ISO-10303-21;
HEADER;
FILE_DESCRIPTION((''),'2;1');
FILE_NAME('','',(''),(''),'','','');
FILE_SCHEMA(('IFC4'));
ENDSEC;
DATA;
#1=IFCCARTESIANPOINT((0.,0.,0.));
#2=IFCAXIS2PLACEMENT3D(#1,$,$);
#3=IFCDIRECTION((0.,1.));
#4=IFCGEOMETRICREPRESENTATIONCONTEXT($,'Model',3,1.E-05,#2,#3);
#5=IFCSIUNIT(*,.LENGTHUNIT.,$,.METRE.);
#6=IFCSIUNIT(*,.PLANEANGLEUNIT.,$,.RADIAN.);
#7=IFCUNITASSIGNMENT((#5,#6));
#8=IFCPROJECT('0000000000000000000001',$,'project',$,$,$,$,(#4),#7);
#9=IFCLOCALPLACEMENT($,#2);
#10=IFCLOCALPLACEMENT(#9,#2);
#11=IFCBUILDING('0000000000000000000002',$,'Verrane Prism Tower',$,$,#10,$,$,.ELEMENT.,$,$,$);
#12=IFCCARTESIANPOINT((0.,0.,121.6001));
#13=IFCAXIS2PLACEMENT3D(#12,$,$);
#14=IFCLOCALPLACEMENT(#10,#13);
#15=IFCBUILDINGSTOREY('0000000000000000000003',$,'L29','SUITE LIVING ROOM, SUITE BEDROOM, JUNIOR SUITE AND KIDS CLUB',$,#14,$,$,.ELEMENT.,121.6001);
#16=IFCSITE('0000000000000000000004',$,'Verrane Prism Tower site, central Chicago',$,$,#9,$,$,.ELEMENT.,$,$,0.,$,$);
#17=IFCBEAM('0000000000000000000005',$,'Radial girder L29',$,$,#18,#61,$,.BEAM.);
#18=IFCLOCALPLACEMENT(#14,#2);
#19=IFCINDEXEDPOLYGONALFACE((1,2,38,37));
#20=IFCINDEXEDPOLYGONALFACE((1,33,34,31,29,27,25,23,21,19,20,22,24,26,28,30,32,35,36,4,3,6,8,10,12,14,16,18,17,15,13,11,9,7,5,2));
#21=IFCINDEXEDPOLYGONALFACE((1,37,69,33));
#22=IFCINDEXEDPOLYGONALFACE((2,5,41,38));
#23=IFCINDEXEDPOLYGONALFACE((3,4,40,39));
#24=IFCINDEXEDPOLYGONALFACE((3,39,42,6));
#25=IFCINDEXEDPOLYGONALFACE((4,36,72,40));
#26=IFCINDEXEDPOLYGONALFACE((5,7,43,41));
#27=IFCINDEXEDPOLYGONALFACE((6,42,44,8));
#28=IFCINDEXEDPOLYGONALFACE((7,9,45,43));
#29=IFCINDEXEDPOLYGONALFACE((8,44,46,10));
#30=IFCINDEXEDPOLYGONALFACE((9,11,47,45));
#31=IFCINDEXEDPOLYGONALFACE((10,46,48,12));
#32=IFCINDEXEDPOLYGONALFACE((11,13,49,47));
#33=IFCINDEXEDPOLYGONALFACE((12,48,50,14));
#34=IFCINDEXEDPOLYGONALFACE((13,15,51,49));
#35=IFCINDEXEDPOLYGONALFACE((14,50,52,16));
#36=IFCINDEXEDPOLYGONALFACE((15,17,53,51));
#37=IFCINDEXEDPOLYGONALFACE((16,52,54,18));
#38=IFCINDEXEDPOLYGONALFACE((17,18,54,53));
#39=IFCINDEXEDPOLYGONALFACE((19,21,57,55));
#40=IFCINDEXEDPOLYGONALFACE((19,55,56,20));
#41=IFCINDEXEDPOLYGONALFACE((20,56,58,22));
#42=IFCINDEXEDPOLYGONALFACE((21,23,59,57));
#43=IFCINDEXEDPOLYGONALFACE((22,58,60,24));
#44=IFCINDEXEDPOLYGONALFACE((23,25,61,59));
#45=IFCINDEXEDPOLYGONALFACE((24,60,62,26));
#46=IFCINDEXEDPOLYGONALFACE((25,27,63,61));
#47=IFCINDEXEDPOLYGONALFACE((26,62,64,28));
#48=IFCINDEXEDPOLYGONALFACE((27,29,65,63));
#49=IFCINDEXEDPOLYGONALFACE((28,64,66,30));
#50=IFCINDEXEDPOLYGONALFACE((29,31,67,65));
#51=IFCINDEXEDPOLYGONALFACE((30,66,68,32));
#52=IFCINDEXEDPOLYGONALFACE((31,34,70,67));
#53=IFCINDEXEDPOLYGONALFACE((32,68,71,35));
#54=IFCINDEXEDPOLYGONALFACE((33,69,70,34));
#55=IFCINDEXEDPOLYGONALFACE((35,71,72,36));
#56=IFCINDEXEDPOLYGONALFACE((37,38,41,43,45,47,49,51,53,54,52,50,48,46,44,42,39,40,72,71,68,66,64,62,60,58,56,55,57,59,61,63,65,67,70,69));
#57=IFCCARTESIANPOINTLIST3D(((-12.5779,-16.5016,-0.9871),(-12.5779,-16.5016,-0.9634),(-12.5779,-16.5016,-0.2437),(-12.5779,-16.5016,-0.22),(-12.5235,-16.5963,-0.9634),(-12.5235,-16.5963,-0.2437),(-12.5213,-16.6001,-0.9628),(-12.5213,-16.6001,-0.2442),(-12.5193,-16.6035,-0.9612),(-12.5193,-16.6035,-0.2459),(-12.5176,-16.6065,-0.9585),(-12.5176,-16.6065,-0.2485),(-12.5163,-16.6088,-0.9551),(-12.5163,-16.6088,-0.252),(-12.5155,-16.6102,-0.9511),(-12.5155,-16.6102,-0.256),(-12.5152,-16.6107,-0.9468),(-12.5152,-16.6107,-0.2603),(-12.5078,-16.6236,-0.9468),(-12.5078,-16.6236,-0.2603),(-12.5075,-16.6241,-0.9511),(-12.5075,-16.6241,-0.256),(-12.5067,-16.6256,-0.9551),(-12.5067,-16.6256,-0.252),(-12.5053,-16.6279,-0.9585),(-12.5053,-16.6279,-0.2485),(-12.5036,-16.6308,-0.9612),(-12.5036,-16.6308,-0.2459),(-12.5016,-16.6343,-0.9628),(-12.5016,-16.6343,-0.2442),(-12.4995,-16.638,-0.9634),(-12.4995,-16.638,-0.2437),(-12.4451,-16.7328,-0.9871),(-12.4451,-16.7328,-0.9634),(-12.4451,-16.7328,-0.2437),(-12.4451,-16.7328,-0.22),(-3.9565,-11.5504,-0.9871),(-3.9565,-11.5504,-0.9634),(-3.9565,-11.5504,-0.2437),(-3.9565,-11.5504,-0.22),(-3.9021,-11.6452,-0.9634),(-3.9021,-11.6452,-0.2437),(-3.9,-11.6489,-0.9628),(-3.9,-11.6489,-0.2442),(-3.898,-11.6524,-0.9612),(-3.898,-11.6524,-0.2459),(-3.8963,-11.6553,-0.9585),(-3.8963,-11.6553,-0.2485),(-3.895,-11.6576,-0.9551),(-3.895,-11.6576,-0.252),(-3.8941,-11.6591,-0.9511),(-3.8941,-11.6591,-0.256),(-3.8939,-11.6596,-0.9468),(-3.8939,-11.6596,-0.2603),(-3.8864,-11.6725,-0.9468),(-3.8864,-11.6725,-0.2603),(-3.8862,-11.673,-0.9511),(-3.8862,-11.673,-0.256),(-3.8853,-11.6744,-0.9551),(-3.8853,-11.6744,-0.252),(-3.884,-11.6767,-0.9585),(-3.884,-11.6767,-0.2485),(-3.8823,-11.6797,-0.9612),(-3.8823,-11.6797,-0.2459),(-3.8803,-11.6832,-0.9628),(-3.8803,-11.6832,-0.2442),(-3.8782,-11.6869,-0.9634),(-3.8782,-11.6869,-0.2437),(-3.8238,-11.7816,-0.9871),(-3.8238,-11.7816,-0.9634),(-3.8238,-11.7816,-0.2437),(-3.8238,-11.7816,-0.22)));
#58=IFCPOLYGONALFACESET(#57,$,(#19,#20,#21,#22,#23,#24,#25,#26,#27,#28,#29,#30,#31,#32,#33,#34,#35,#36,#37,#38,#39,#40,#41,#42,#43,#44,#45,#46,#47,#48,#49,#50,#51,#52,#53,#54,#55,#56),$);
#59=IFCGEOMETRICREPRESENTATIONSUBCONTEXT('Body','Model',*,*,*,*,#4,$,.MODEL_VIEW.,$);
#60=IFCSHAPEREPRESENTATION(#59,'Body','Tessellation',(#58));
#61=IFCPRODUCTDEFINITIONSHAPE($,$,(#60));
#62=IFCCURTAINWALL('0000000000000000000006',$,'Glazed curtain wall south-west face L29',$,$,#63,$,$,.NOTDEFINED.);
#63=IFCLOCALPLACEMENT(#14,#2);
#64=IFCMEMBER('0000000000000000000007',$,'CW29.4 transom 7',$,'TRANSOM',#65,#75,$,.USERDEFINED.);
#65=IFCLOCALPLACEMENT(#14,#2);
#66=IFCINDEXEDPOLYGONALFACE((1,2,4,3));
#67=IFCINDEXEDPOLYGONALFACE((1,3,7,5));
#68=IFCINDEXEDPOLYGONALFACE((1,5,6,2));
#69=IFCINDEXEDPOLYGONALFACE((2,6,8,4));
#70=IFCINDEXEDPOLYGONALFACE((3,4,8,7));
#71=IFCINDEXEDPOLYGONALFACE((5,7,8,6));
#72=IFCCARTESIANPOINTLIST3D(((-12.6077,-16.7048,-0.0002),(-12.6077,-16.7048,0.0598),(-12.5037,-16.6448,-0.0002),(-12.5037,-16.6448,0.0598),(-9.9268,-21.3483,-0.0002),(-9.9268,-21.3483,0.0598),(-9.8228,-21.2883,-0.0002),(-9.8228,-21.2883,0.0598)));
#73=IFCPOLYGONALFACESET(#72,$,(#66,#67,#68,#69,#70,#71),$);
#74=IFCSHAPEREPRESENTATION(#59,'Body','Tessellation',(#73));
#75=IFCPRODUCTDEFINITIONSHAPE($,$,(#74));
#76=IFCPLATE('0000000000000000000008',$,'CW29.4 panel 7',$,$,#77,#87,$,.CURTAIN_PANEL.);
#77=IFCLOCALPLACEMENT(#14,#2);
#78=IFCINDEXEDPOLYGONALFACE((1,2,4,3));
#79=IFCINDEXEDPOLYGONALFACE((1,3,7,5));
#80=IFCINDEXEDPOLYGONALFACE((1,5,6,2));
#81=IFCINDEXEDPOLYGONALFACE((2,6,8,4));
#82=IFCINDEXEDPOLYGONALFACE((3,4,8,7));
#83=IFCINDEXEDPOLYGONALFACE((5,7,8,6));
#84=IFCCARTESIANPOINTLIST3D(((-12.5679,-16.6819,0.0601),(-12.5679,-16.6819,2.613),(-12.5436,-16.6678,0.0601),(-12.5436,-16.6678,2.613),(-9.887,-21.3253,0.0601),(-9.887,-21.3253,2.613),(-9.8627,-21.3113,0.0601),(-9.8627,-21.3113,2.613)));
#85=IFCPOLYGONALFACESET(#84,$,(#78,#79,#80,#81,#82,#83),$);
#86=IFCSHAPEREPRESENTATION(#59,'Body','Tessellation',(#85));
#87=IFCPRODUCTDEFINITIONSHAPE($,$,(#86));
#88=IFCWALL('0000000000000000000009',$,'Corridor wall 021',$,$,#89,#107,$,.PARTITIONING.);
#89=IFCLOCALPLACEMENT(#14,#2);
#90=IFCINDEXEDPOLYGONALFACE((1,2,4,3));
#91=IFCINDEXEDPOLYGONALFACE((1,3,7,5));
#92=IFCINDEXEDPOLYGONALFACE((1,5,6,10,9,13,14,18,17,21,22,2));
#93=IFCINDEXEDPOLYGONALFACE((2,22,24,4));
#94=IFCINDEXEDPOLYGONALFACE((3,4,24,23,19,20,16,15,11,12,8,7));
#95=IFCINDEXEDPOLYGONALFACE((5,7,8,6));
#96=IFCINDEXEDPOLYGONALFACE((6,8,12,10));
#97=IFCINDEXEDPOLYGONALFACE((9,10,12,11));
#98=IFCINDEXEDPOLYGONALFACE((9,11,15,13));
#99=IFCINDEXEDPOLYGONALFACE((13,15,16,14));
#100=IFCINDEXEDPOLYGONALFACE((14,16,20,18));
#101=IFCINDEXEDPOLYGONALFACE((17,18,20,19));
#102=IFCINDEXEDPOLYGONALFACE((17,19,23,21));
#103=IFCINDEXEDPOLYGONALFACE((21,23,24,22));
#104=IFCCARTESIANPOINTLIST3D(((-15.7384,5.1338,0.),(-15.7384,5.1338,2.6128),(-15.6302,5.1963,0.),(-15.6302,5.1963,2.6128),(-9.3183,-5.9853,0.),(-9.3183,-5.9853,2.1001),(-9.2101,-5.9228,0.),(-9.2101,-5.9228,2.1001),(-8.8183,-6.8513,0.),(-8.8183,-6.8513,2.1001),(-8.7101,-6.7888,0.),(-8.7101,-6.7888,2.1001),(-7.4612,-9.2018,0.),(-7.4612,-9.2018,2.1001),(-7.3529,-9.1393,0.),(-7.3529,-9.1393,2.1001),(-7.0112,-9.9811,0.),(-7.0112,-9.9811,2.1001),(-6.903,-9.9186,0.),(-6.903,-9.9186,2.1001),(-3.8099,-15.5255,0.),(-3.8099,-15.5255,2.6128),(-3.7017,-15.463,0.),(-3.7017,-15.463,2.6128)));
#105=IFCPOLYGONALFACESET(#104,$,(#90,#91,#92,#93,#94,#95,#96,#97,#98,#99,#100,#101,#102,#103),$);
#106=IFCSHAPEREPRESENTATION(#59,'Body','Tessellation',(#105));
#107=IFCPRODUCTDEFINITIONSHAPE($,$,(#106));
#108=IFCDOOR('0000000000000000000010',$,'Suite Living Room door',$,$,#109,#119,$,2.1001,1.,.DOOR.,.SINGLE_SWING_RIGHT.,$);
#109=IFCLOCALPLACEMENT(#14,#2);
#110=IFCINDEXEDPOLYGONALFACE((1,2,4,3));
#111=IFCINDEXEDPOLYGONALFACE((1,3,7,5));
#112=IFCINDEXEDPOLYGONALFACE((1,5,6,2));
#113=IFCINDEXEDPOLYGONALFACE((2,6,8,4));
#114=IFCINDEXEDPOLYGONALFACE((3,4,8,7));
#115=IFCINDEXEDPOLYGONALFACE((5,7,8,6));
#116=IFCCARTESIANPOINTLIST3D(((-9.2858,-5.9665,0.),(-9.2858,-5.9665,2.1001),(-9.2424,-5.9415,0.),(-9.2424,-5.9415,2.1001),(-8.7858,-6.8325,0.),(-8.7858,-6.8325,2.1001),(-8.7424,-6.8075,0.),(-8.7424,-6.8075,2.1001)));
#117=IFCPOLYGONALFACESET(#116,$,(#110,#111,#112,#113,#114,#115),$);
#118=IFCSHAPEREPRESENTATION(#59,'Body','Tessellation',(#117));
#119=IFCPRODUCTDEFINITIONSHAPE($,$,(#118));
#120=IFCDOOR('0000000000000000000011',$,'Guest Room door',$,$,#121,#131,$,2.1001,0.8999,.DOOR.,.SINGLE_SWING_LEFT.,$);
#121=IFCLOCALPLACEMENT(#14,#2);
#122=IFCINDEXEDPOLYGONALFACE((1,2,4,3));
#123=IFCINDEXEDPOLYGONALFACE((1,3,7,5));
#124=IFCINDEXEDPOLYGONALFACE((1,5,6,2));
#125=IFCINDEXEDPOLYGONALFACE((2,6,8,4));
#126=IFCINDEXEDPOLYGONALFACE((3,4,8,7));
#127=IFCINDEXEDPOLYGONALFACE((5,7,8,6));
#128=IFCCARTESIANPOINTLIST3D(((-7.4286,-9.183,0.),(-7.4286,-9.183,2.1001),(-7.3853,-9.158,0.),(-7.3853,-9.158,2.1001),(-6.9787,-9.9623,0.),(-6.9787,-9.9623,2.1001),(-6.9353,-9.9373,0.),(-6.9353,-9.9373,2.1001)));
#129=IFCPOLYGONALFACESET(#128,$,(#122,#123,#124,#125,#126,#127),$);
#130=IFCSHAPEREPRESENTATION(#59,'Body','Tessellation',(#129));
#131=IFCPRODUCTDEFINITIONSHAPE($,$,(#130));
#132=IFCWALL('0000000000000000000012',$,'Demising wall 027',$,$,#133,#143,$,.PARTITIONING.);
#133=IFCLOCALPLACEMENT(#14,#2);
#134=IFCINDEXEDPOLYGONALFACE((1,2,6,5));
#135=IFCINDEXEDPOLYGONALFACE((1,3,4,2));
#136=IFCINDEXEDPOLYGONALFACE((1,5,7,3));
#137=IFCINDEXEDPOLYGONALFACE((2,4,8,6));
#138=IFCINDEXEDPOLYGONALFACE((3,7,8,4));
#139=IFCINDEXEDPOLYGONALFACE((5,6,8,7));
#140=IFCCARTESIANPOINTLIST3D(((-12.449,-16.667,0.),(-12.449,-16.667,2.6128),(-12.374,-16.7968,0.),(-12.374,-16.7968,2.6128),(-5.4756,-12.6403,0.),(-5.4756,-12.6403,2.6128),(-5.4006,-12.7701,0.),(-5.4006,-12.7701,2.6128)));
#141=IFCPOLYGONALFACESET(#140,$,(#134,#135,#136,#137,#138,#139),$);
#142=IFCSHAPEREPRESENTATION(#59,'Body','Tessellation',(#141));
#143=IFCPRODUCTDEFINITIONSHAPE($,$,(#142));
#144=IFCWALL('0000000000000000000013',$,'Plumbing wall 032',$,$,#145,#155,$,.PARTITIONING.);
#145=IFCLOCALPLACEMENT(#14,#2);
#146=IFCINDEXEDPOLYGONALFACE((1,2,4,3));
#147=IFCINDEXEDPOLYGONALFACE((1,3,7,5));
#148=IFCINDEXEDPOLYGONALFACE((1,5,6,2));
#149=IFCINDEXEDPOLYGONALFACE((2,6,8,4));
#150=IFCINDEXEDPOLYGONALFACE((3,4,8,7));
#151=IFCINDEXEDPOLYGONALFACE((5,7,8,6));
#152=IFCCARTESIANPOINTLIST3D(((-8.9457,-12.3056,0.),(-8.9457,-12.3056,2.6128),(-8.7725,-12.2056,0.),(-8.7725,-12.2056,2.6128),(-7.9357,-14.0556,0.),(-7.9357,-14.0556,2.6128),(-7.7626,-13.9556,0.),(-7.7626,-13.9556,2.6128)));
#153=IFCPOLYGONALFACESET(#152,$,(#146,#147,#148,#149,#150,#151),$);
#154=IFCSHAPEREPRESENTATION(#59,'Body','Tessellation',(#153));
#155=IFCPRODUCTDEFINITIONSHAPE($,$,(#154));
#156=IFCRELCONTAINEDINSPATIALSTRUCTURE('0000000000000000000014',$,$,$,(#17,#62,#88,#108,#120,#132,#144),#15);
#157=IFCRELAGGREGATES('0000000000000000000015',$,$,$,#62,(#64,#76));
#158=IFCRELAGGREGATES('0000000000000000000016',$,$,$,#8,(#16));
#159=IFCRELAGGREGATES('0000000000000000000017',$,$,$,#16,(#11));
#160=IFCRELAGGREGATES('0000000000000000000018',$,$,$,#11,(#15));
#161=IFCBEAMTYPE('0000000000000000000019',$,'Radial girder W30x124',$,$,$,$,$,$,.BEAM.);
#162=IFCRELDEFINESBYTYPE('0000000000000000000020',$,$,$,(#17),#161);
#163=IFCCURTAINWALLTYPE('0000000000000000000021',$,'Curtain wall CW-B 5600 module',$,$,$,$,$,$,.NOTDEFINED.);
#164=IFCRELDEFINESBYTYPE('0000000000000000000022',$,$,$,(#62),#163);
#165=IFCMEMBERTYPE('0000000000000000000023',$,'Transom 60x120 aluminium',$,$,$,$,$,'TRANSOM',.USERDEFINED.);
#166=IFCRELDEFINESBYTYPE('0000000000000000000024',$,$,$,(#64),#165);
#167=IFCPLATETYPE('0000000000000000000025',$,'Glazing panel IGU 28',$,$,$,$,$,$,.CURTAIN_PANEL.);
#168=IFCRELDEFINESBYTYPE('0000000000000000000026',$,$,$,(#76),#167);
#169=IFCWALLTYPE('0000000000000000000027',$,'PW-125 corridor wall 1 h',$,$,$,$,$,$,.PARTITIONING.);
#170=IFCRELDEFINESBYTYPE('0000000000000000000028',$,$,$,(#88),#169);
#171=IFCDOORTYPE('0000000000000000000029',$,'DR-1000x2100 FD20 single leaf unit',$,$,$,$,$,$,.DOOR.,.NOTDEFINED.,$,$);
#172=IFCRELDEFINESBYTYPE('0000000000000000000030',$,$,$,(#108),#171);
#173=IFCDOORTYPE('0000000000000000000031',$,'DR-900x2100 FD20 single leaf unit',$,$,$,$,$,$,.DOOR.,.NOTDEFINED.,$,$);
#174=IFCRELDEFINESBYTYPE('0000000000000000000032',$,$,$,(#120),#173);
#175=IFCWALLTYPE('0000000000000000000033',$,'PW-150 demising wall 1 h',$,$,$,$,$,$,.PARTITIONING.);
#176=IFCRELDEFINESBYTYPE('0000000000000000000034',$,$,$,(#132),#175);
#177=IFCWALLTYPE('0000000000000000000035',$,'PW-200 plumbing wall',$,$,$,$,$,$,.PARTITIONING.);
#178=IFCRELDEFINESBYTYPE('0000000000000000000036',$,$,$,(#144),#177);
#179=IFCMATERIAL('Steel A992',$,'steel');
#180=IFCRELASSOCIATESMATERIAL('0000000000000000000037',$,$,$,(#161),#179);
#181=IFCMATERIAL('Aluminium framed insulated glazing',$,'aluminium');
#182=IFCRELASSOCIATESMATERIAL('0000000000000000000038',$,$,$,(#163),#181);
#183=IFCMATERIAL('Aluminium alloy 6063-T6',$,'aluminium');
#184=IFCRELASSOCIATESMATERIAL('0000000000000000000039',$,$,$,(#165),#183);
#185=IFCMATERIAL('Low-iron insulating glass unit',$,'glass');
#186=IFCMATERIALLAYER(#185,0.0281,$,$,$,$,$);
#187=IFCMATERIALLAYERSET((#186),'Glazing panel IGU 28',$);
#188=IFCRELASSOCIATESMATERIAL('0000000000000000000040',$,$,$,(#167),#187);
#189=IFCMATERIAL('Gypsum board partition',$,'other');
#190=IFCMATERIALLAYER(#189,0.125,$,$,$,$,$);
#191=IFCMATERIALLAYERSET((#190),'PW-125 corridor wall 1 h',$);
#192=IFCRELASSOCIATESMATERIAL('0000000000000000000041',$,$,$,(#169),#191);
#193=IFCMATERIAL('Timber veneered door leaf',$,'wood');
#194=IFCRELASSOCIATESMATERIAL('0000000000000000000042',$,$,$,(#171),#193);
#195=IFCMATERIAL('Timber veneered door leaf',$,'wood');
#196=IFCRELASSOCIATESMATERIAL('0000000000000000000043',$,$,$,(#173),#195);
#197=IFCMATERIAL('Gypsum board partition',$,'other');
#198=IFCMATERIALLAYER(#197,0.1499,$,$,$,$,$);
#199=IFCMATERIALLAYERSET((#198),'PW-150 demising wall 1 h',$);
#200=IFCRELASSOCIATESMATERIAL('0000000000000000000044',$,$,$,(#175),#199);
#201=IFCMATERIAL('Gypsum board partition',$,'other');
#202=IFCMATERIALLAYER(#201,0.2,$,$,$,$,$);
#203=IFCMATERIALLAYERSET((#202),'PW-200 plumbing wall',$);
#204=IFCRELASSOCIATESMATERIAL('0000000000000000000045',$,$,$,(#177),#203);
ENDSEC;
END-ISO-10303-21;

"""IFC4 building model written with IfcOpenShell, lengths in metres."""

from ifc_helpers import new_model, si_unit, direction, frame, frame_2d, origin, origin_2d, place, context, subcontext, project, spatial, rectangle, i_section, extrude, material, layer, layer_set, material_profile, profile_set, type_object, element, fill, aggregate, save


model = new_model("IFC4")

# Units and contexts
model_context = context("Model", 3, precision=1e-05, world=origin(), true_north=direction((0.0, 1.0)))
body_context = subcontext(model_context, "Body", "Model", "MODEL_VIEW")
ifc_project = project(units=[si_unit("LENGTHUNIT", "METRE"), si_unit("PLANEANGLEUNIT", "RADIAN")], contexts=[model_context])

# Site, building, storey
site_placement = place(None, origin())
site = spatial("IfcSite", under=ifc_project, at=site_placement, Name="Verrane Prism Tower site, central Chicago", CompositionType="ELEMENT", RefElevation=0.0)
building_placement = place(site_placement, origin())
building = spatial("IfcBuilding", under=site, at=building_placement, Name="Verrane Prism Tower", CompositionType="ELEMENT")
storey_placement = place(building_placement, frame((0.0, 0.0, 121.6001)))
storey = spatial("IfcBuildingStorey", under=building, at=storey_placement, Name="L29", Description="SUITE LIVING ROOM, SUITE BEDROOM, JUNIOR SUITE AND KIDS CLUB", CompositionType="ELEMENT", Elevation=121.6001)

# Beam
ifc_material_1 = material(Name="Steel A992", Category="steel")
ifc_material_profile_1 = material_profile(ifc_material_1, i_section(OverallWidth=0.2666, OverallDepth=0.7671, WebThickness=0.0149, FlangeThickness=0.0237, FilletRadius=0.0166, at=origin_2d()), Name="W30x124")
ifc_profile_set_1 = profile_set([ifc_material_profile_1], Name="Steel A992")
beam_type_1 = type_object("IfcBeamType", Name="Radial girder W30x124", PredefinedType="BEAM", material=ifc_profile_set_1)
beam_1_placement = place(storey_placement, frame((-12.5115, -16.6172, -0.6035), z_axis=(0.867171, 0.49801, 0.0), x_axis=(-0.49801, 0.867171, 0.0)))
element("IfcBeam", 1, at=beam_1_placement, inside=storey, type_object=beam_type_1, Name="Radial girder L29", PredefinedType="BEAM", context=body_context, shape_type="SweptSolid", body=[
    extrude(i_section(OverallWidth=0.2666, OverallDepth=0.7671, WebThickness=0.0149, FlangeThickness=0.0237, FilletRadius=0.0166, at=origin_2d()), origin(), (0.0, 0.0, 1.0), 9.9419),
])

# Curtain wall, member, plate
ifc_material_2 = material(Name="Aluminium framed insulated glazing", Category="aluminium")
curtain_wall_type = type_object("IfcCurtainWallType", Name="Curtain wall CW-B 5600 module", PredefinedType="NOTDEFINED", material=ifc_material_2)
curtain_wall_placement = place(storey_placement, origin())
curtain_wall = element("IfcCurtainWall", 2, at=curtain_wall_placement, inside=storey, type_object=curtain_wall_type, Name="Glazed curtain wall south-west face L29", PredefinedType="NOTDEFINED")
ifc_material_3 = material(Name="Aluminium alloy 6063-T6", Category="aluminium")
ifc_material_profile_2 = material_profile(ifc_material_3, rectangle(XDim=0.1201, YDim=0.0601, at=origin_2d()), Name="Transom 60x120 aluminium")
ifc_profile_set_2 = profile_set([ifc_material_profile_2], Name="Aluminium alloy 6063-T6")
member_type = type_object("IfcMemberType", Name="Transom 60x120 aluminium", ElementType="TRANSOM", PredefinedType="USERDEFINED", material=ifc_profile_set_2)
member_placement = place(storey_placement, frame((-12.5557, -16.6748, 0.0298), z_axis=(0.499993, -0.866029, 0.0), x_axis=(0.866029, 0.499993, 0.0)))
member = element("IfcMember", 3, at=member_placement, type_object=member_type, Name="CW29.4 transom 7", ObjectType="TRANSOM", PredefinedType="USERDEFINED", context=body_context, shape_type="SweptSolid", body=[
    extrude(rectangle(XDim=0.1201, YDim=0.0601, at=origin_2d()), origin(), (0.0, 0.0, 1.0), 5.3618),
])
ifc_material_4 = material(Name="Low-iron insulating glass unit", Category="glass")
ifc_layer_1 = layer(ifc_material_4, 0.0281)
ifc_layer_set_1 = layer_set([ifc_layer_1], Name="Glazing panel IGU 28")
plate_type = type_object("IfcPlateType", Name="Glazing panel IGU 28", PredefinedType="CURTAIN_PANEL", material=ifc_layer_set_1)
plate_placement = place(storey_placement, frame((-11.2153, -18.9966, 0.0601), z_axis=(0.0, 0.0, 1.0), x_axis=(0.5, -0.866025, 0.0)))
plate = element("IfcPlate", 4, at=plate_placement, type_object=plate_type, Name="CW29.4 panel 7", PredefinedType="CURTAIN_PANEL", context=body_context, shape_type="SweptSolid", body=[
    extrude(rectangle(XDim=5.3618, YDim=0.0281, at=origin_2d()), origin(), (0.0, 0.0, 1.0), 2.553),
])
aggregate(curtain_wall, [member, plate])

# Wall, openings, doors
ifc_material_5 = material(Name="Gypsum board partition", Category="other")
ifc_layer_2 = layer(ifc_material_5, 0.125)
ifc_layer_set_2 = layer_set([ifc_layer_2], Name="PW-125 corridor wall 1 h")
wall_type_1 = type_object("IfcWallType", Name="PW-125 corridor wall 1 h", PredefinedType="PARTITIONING", material=ifc_layer_set_2)
wall_1_placement = place(storey_placement, frame((-3.7559, -15.4941, 0.0), z_axis=(0.0, 0.0, 1.0), x_axis=(-0.500028, 0.866009, 0.0)))
wall_1 = element("IfcWall", 5, at=wall_1_placement, inside=storey, type_object=wall_type_1, Name="Corridor wall 021", PredefinedType="PARTITIONING", context=body_context, shape_type="SweptSolid", body=[
    extrude(rectangle(XDim=23.8557, YDim=0.125, at=frame_2d((11.9277, 0.0))), origin(), (0.0, 0.0, 1.0), 2.6128),
])
opening_1_placement = place(wall_1_placement, frame((10.0161, 0.0, 0.0)))
opening_1 = element("IfcOpeningElement", 6, at=opening_1_placement, cuts=wall_1, PredefinedType="OPENING", context=body_context, shape_type="SweptSolid", body=[
    extrude(rectangle(XDim=1.0, YDim=2.1001, at=frame_2d((0.5, 1.05))), frame((0.0, 0.0725, 0.0), z_axis=(0.0, -1.0, 0.0), x_axis=(1.0, 0.0, 0.0)), (0.0, 0.0, 1.0), 0.145),
])
opening_2_placement = place(wall_1_placement, frame((6.4021, 0.0, 0.0)))
opening_2 = element("IfcOpeningElement", 7, at=opening_2_placement, cuts=wall_1, PredefinedType="OPENING", context=body_context, shape_type="SweptSolid", body=[
    extrude(rectangle(XDim=0.8999, YDim=2.1001, at=frame_2d((0.45, 1.05))), frame((0.0, 0.0725, 0.0), z_axis=(0.0, -1.0, 0.0), x_axis=(1.0, 0.0, 0.0)), (0.0, 0.0, 1.0), 0.145),
])
ifc_material_6 = material(Name="Timber veneered door leaf", Category="wood")
door_type_1 = type_object("IfcDoorType", Name="DR-1000x2100 FD20 single leaf unit", OperationType="NOTDEFINED", PredefinedType="DOOR", material=ifc_material_6)
door_1_placement = place(opening_1_placement, origin())
door_1 = element("IfcDoor", 8, at=door_1_placement, inside=storey, type_object=door_type_1, Name="Suite Living Room door", OperationType="SINGLE_SWING_RIGHT", OverallHeight=2.1001, OverallWidth=1.0, PredefinedType="DOOR", context=body_context, shape_type="SweptSolid", body=[
    extrude(rectangle(XDim=1.0, YDim=2.1001, at=frame_2d((0.5, 1.05))), frame((0.0, 0.0249, 0.0), z_axis=(0.0, -1.0, 0.0), x_axis=(1.0, 0.0, 0.0)), (0.0, 0.0, 1.0), 0.05),
])
fill(opening_1, door_1)
ifc_material_7 = material(Name="Timber veneered door leaf", Category="wood")
door_type_2 = type_object("IfcDoorType", Name="DR-900x2100 FD20 single leaf unit", OperationType="NOTDEFINED", PredefinedType="DOOR", material=ifc_material_7)
door_2_placement = place(opening_2_placement, origin())
door_2 = element("IfcDoor", 9, at=door_2_placement, inside=storey, type_object=door_type_2, Name="Guest Room door", OperationType="SINGLE_SWING_LEFT", OverallHeight=2.1001, OverallWidth=0.8999, PredefinedType="DOOR", context=body_context, shape_type="SweptSolid", body=[
    extrude(rectangle(XDim=0.8999, YDim=2.1001, at=frame_2d((0.45, 1.05))), frame((0.0, 0.0249, 0.0), z_axis=(0.0, -1.0, 0.0), x_axis=(1.0, 0.0, 0.0)), (0.0, 0.0, 1.0), 0.05),
])
fill(opening_2, door_2)

# Walls
ifc_material_8 = material(Name="Gypsum board partition", Category="other")
ifc_layer_3 = layer(ifc_material_8, 0.1499)
ifc_layer_set_3 = layer_set([ifc_layer_3], Name="PW-150 demising wall 1 h")
wall_type_2 = type_object("IfcWallType", Name="PW-150 demising wall 1 h", PredefinedType="PARTITIONING", material=ifc_layer_set_3)
wall_2_placement = place(storey_placement, frame((-12.4116, -16.7319, 0.0), z_axis=(0.0, 0.0, 1.0), x_axis=(0.865997, 0.500049, 0.0)))
element("IfcWall", 10, at=wall_2_placement, inside=storey, type_object=wall_type_2, Name="Demising wall 027", PredefinedType="PARTITIONING", context=body_context, shape_type="SweptSolid", body=[
    extrude(rectangle(XDim=8.0525, YDim=0.1499, at=frame_2d((4.0264, 0.0))), origin(), (0.0, 0.0, 1.0), 2.6128),
])
ifc_material_9 = material(Name="Gypsum board partition", Category="other")
ifc_layer_4 = layer(ifc_material_9, 0.2)
ifc_layer_set_4 = layer_set([ifc_layer_4], Name="PW-200 plumbing wall")
wall_type_3 = type_object("IfcWallType", Name="PW-200 plumbing wall", PredefinedType="PARTITIONING", material=ifc_layer_set_4)
wall_3_placement = place(storey_placement, frame((-8.8591, -12.2556, 0.0), z_axis=(0.0, 0.0, 1.0), x_axis=(0.499869, -0.866101, 0.0)))
element("IfcWall", 11, at=wall_3_placement, inside=storey, type_object=wall_type_3, Name="Plumbing wall 032", PredefinedType="PARTITIONING", context=body_context, shape_type="SweptSolid", body=[
    extrude(rectangle(XDim=2.0205, YDim=0.2, at=frame_2d((1.0103, 0.0))), origin(), (0.0, 0.0, 1.0), 2.6128),
])

save(model, "model.ifc")
